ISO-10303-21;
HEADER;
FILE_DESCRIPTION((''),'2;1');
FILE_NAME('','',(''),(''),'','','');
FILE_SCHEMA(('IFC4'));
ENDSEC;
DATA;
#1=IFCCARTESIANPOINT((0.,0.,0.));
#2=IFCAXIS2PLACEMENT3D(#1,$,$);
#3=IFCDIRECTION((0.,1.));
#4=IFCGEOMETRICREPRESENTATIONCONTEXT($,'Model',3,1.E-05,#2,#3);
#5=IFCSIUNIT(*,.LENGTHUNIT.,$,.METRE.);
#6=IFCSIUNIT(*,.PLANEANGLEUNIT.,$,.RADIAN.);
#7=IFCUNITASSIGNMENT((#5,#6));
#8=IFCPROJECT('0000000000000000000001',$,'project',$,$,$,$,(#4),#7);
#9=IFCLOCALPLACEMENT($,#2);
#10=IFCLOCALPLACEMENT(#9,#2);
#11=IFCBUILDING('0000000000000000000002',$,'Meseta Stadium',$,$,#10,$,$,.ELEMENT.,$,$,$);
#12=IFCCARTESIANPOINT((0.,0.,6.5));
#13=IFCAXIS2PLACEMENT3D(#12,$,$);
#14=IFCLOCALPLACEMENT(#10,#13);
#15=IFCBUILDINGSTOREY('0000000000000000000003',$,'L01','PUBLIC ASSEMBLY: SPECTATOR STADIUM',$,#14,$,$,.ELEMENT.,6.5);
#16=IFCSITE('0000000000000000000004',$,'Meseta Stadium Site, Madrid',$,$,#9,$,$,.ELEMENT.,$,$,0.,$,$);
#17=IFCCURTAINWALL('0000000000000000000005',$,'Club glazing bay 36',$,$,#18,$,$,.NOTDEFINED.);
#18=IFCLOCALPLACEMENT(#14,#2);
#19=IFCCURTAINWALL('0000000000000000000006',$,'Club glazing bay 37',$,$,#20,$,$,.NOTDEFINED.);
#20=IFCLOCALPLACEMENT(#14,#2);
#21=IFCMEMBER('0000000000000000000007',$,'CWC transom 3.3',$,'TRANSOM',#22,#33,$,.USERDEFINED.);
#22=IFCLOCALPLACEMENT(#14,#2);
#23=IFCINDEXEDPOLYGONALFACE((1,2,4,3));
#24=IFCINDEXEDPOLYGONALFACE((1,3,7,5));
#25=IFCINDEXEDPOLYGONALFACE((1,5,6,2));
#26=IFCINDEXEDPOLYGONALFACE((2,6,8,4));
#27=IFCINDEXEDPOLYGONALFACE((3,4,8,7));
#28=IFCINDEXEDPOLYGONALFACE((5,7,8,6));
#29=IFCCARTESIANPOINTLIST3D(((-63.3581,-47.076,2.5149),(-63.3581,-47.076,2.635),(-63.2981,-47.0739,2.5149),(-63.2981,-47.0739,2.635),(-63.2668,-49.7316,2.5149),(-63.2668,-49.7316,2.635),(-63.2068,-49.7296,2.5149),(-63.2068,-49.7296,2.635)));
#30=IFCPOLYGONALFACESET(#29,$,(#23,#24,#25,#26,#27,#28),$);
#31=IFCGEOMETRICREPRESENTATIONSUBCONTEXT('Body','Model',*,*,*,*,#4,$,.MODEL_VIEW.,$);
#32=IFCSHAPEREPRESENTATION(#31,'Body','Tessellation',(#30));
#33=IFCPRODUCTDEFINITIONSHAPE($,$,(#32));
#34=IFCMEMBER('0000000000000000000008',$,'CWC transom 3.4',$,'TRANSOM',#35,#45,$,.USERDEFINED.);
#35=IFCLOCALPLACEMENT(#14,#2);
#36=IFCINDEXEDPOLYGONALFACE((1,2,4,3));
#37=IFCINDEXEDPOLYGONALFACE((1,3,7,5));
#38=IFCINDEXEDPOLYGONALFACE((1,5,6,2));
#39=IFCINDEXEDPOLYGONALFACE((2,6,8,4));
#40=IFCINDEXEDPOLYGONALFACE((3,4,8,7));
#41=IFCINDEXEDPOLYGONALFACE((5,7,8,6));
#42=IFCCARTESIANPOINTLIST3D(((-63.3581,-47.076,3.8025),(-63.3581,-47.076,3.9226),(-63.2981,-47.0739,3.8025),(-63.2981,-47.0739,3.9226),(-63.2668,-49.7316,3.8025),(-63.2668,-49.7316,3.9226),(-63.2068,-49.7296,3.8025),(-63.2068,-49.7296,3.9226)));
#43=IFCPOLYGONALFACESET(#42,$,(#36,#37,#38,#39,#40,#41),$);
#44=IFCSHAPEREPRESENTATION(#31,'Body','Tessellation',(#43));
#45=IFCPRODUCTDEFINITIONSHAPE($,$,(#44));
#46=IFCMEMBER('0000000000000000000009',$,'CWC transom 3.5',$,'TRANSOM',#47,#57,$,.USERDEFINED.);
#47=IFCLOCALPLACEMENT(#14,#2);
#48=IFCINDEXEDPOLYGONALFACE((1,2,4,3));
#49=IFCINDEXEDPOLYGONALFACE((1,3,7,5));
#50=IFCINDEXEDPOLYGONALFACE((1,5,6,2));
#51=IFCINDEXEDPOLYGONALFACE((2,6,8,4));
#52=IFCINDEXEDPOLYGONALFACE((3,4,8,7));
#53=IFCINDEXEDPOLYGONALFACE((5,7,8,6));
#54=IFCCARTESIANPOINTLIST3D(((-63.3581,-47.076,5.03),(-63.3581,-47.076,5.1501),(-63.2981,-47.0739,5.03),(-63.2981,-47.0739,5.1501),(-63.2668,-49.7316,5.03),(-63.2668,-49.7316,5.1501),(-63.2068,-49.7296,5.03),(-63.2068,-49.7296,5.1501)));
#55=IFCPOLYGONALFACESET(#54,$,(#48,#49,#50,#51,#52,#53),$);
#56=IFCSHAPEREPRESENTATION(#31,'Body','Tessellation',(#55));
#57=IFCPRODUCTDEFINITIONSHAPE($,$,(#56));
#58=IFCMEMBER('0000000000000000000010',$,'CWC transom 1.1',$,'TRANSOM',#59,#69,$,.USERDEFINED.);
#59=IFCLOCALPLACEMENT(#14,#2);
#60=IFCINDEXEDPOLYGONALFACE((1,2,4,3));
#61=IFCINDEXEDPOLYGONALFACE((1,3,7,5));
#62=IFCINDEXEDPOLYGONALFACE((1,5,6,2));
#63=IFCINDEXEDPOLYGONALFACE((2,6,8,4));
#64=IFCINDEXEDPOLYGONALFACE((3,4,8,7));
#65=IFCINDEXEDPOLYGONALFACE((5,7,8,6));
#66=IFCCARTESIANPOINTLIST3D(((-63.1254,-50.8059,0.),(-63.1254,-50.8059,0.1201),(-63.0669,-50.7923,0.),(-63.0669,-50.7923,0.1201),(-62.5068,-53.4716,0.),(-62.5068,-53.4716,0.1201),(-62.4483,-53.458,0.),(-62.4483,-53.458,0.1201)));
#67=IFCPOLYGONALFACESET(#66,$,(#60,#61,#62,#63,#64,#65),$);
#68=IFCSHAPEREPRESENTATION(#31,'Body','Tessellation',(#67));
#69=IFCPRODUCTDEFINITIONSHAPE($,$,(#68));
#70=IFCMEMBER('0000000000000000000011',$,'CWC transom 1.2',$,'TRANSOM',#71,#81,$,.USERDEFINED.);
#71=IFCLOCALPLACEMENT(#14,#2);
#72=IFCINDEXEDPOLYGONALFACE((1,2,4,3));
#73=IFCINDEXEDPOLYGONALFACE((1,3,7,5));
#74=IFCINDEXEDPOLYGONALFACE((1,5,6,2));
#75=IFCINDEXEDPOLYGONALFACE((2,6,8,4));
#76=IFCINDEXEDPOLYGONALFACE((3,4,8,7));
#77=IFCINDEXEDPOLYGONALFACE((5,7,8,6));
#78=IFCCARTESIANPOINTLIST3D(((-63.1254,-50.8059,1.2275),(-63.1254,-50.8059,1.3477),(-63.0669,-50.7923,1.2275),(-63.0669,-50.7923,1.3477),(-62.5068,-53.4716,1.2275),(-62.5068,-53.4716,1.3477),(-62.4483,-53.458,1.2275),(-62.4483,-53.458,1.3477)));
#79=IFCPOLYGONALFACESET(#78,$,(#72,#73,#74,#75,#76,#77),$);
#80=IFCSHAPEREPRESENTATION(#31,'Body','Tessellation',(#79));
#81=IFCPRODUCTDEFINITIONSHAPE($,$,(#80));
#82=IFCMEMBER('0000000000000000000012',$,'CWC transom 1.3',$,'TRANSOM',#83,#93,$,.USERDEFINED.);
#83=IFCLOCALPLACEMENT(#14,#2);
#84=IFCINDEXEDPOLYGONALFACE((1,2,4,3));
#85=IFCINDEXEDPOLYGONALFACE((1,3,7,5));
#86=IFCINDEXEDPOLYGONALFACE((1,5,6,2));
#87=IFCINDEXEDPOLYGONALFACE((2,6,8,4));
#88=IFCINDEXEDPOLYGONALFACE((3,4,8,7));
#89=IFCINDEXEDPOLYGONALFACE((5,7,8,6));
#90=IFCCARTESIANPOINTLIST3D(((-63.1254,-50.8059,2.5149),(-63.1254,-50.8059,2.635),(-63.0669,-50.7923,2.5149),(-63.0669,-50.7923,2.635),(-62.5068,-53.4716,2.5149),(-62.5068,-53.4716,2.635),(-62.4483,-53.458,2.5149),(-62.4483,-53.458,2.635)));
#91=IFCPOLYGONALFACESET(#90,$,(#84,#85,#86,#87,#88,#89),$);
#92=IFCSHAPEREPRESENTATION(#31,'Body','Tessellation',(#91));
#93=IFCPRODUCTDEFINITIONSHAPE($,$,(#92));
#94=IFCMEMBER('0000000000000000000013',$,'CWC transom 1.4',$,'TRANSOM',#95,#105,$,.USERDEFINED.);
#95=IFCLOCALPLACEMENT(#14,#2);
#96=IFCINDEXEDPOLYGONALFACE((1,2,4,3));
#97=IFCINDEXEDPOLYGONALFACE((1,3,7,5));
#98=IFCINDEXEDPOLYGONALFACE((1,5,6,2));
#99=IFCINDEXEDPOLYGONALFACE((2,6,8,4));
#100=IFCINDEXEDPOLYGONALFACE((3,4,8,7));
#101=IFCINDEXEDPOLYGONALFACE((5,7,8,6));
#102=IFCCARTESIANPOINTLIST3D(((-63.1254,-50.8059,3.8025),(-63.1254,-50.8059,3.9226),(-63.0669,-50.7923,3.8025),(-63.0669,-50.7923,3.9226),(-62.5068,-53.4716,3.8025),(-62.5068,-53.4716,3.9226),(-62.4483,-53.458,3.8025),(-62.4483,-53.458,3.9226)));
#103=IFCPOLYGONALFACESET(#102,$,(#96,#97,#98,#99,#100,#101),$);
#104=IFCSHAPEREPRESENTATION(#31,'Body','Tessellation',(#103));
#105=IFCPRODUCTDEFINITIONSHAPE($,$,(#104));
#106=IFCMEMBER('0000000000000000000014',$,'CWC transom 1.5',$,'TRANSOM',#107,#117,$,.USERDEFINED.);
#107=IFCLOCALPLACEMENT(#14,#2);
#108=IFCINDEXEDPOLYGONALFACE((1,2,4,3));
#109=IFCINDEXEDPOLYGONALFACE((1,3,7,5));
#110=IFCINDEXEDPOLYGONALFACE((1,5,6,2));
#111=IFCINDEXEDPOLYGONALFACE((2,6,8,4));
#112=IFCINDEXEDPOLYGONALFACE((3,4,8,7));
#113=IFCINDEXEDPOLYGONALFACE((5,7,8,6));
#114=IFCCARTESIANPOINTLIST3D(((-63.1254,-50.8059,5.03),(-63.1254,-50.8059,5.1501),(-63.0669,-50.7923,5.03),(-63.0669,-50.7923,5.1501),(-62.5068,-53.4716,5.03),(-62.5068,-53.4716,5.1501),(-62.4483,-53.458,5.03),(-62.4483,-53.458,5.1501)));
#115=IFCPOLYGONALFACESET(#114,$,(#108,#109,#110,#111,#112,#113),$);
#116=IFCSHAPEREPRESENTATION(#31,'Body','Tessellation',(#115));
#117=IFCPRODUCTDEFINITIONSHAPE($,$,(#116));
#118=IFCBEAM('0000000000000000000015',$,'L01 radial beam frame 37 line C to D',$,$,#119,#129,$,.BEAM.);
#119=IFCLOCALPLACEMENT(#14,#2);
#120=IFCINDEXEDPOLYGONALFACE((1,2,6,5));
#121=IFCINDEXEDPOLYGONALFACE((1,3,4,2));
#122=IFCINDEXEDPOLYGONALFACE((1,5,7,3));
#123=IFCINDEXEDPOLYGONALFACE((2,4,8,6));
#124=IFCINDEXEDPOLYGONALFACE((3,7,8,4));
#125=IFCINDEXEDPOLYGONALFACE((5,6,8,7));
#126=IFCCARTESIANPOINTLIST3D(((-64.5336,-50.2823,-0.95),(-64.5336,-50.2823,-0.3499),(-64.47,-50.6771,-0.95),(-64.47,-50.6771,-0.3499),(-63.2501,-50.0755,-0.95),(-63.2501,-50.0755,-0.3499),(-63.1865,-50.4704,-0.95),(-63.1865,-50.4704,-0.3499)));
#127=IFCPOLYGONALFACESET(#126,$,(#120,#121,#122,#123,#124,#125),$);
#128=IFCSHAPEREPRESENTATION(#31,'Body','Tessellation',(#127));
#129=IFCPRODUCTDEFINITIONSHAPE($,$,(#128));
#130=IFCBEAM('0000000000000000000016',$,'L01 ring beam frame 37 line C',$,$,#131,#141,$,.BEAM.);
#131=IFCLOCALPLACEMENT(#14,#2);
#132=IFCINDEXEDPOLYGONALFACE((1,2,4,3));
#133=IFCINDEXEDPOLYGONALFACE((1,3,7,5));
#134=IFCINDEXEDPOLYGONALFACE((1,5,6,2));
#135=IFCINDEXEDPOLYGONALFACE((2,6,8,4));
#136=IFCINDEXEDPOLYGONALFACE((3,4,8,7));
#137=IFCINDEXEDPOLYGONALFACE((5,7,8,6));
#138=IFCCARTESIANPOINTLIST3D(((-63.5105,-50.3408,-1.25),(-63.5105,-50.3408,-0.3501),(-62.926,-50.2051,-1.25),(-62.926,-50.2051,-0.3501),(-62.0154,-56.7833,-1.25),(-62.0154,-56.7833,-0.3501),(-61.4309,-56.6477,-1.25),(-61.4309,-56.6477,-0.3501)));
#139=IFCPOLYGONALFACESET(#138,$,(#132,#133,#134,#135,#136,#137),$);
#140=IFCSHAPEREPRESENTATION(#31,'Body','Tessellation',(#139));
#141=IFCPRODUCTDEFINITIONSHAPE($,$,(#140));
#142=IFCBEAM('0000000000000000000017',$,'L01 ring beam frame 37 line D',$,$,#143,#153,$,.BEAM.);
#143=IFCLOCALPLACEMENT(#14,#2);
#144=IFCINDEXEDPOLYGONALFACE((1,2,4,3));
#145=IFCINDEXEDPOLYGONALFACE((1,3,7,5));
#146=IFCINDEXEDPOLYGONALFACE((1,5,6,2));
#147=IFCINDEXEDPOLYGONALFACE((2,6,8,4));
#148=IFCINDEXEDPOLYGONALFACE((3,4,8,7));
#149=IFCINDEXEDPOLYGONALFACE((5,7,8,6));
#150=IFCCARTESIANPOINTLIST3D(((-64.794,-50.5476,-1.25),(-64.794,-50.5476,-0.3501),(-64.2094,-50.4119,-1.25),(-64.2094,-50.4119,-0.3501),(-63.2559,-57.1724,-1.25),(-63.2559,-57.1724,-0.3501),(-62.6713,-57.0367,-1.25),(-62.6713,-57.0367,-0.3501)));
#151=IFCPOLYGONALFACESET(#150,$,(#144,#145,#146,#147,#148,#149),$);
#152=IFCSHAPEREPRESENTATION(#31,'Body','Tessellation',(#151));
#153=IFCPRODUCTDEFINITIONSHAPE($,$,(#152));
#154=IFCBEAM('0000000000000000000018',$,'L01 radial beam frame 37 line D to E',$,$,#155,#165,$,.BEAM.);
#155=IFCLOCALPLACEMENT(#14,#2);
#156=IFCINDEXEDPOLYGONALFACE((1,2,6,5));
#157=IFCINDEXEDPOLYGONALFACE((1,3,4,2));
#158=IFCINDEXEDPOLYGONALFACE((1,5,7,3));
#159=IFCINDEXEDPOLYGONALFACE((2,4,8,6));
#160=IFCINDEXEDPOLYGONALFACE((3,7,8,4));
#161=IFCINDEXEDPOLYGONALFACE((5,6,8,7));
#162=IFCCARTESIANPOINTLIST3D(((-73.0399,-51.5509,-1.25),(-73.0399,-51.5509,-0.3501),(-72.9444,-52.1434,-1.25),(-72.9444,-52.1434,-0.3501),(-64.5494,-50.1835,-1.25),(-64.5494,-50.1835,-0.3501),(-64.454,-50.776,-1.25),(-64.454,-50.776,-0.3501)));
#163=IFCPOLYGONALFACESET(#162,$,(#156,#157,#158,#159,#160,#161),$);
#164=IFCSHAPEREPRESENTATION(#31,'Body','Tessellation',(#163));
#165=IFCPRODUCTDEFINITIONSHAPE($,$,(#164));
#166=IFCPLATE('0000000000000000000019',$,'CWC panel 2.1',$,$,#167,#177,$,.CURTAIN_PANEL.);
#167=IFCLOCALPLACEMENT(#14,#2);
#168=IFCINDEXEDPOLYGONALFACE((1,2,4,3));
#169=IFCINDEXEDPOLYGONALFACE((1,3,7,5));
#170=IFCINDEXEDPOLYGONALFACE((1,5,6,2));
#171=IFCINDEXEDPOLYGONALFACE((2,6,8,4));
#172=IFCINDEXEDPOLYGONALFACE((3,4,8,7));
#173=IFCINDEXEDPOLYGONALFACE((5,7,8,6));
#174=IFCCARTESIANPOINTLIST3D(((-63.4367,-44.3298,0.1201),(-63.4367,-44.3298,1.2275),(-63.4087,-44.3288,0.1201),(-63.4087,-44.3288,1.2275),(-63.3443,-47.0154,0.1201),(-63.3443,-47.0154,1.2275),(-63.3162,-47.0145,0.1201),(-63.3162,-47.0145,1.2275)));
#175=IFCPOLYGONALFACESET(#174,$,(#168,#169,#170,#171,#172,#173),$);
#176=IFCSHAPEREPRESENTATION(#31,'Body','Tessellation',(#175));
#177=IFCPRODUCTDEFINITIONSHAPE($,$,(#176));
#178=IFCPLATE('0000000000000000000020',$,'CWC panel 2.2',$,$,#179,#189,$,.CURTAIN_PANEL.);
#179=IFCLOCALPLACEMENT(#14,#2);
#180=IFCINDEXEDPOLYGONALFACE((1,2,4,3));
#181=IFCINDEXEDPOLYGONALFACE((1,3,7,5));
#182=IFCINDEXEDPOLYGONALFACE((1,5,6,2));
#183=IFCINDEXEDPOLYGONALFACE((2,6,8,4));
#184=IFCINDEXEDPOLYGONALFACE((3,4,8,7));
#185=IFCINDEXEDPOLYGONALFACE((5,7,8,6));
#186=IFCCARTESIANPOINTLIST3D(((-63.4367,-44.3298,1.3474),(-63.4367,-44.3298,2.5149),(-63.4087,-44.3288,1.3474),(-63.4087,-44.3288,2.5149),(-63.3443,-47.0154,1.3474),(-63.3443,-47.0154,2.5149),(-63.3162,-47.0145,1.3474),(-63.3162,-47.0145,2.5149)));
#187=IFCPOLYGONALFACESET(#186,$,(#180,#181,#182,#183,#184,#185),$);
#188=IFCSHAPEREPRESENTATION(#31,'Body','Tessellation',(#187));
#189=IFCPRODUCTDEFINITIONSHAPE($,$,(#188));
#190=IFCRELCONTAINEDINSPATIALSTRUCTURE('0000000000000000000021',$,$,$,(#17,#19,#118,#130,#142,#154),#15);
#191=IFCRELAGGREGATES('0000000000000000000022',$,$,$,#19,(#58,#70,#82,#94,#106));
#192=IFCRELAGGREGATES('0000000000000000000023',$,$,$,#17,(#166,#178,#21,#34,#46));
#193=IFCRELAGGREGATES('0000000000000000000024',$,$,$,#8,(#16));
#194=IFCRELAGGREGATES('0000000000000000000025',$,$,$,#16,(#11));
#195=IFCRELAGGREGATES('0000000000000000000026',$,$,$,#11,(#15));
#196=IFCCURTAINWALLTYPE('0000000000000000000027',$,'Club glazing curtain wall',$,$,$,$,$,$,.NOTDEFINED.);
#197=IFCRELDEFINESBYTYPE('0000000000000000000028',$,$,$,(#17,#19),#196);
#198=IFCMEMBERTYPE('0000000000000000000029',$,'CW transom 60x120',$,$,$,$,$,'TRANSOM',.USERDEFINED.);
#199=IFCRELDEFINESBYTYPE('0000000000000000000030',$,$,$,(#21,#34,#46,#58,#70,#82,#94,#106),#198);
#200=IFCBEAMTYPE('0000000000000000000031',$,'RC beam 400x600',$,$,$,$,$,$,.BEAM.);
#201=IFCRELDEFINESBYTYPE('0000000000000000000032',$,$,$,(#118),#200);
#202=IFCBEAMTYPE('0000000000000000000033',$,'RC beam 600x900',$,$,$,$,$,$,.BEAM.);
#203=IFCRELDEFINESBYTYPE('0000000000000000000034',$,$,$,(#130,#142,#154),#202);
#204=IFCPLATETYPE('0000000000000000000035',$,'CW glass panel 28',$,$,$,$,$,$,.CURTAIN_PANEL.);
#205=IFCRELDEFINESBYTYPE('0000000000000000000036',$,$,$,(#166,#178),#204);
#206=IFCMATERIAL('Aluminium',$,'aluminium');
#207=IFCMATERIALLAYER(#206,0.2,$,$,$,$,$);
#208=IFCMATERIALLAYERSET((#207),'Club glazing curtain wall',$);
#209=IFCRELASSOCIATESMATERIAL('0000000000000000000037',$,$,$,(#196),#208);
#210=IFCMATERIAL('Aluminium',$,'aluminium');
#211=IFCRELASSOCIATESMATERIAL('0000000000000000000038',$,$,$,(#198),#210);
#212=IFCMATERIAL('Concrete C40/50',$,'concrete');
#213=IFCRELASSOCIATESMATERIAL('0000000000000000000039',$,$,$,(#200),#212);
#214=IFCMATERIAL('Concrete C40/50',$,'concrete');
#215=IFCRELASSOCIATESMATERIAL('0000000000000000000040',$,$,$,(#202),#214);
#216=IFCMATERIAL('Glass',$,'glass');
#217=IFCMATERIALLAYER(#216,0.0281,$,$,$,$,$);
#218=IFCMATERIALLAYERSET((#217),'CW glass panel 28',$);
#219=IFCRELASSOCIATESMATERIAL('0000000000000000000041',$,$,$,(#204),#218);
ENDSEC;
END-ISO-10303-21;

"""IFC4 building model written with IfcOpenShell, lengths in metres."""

from ifc_helpers import new_model, si_unit, direction, frame, origin, origin_2d, place, context, subcontext, project, spatial, rectangle, extrude, material, layer, layer_set, material_profile, profile_set, type_object, element, aggregate, save


model = new_model("IFC4")

# Units and contexts
model_context = context("Model", 3, precision=1e-05, world=origin(), true_north=direction((0.0, 1.0)))
body_context = subcontext(model_context, "Body", "Model", "MODEL_VIEW")
ifc_project = project(units=[si_unit("LENGTHUNIT", "METRE"), si_unit("PLANEANGLEUNIT", "RADIAN")], contexts=[model_context])

# Site, building, storey
site_placement = place(None, origin())
site = spatial("IfcSite", under=ifc_project, at=site_placement, Name="Meseta Stadium Site, Madrid", CompositionType="ELEMENT", RefElevation=0.0)
building_placement = place(site_placement, origin())
building = spatial("IfcBuilding", under=site, at=building_placement, Name="Meseta Stadium", CompositionType="ELEMENT")
storey_placement = place(building_placement, frame((0.0, 0.0, 6.5)))
storey = spatial("IfcBuildingStorey", under=building, at=storey_placement, Name="L01", Description="PUBLIC ASSEMBLY: SPECTATOR STADIUM", CompositionType="ELEMENT", Elevation=6.5)

# Curtain wall
ifc_material_1 = material(Name="Aluminium", Category="aluminium")
ifc_layer_1 = layer(ifc_material_1, 0.2)
ifc_layer_set_1 = layer_set([ifc_layer_1], Name="Club glazing curtain wall")
curtain_wall_type = type_object("IfcCurtainWallType", Name="Club glazing curtain wall", PredefinedType="NOTDEFINED", material=ifc_layer_set_1)
curtain_wall_1_placement = place(storey_placement, origin())
curtain_wall_1 = element("IfcCurtainWall", 1, at=curtain_wall_1_placement, inside=storey, type_object=curtain_wall_type, Name="Club glazing bay 36", PredefinedType="NOTDEFINED")

# Curtain wall
curtain_wall_2_placement = place(storey_placement, origin())
curtain_wall_2 = element("IfcCurtainWall", 2, at=curtain_wall_2_placement, inside=storey, type_object=curtain_wall_type, Name="Club glazing bay 37", PredefinedType="NOTDEFINED")

# Members
ifc_material_2 = material(Name="Aluminium", Category="aluminium")
ifc_material_profile_1 = material_profile(ifc_material_2, rectangle(XDim=0.0601, YDim=0.1201, at=origin_2d()), Name="CW 60x120")
ifc_profile_set_1 = profile_set([ifc_material_profile_1], Name="Aluminium")
member_type_1 = type_object("IfcMemberType", Name="CW transom 60x120", ElementType="TRANSOM", PredefinedType="USERDEFINED", material=ifc_profile_set_1)
member_1_placement = place(storey_placement, frame((-63.3281, -47.075, 2.575), z_axis=(0.034361, -0.999409, 0.0), x_axis=(0.999409, 0.034361, 0.0)))
member_1 = element("IfcMember", 3, at=member_1_placement, type_object=member_type_1, Name="CWC transom 3.3", ObjectType="TRANSOM", PredefinedType="USERDEFINED", context=body_context, shape_type="SweptSolid", body=[
    extrude(rectangle(XDim=0.0601, YDim=0.1201, at=origin_2d()), origin(), (0.0, 0.0, 1.0), 2.6572),
])
member_2_placement = place(storey_placement, frame((-63.3281, -47.075, 3.8625), z_axis=(0.034361, -0.999409, 0.0), x_axis=(0.999409, 0.034361, 0.0)))
member_2 = element("IfcMember", 4, at=member_2_placement, type_object=member_type_1, Name="CWC transom 3.4", ObjectType="TRANSOM", PredefinedType="USERDEFINED", context=body_context, shape_type="SweptSolid", body=[
    extrude(rectangle(XDim=0.0601, YDim=0.1201, at=origin_2d()), origin(), (0.0, 0.0, 1.0), 2.6572),
])
member_3_placement = place(storey_placement, frame((-63.3281, -47.075, 5.0901), z_axis=(0.034361, -0.999409, 0.0), x_axis=(0.999409, 0.034361, 0.0)))
member_3 = element("IfcMember", 5, at=member_3_placement, type_object=member_type_1, Name="CWC transom 3.5", ObjectType="TRANSOM", PredefinedType="USERDEFINED", context=body_context, shape_type="SweptSolid", body=[
    extrude(rectangle(XDim=0.0601, YDim=0.1201, at=origin_2d()), origin(), (0.0, 0.0, 1.0), 2.6572),
])
member_4_placement = place(storey_placement, frame((-63.0962, -50.7991, 0.0601), z_axis=(0.226065, -0.974112, 0.0), x_axis=(0.974112, 0.226065, 0.0)))
member_4 = element("IfcMember", 6, at=member_4_placement, type_object=member_type_1, Name="CWC transom 1.1", ObjectType="TRANSOM", PredefinedType="USERDEFINED", context=body_context, shape_type="SweptSolid", body=[
    extrude(rectangle(XDim=0.0601, YDim=0.1201, at=origin_2d()), origin(), (0.0, 0.0, 1.0), 2.7366),
])
member_5_placement = place(storey_placement, frame((-63.0962, -50.7991, 1.2876), z_axis=(0.226065, -0.974112, 0.0), x_axis=(0.974112, 0.226065, 0.0)))
member_5 = element("IfcMember", 7, at=member_5_placement, type_object=member_type_1, Name="CWC transom 1.2", ObjectType="TRANSOM", PredefinedType="USERDEFINED", context=body_context, shape_type="SweptSolid", body=[
    extrude(rectangle(XDim=0.0601, YDim=0.1201, at=origin_2d()), origin(), (0.0, 0.0, 1.0), 2.7366),
])
member_6_placement = place(storey_placement, frame((-63.0962, -50.7991, 2.575), z_axis=(0.226065, -0.974112, 0.0), x_axis=(0.974112, 0.226065, 0.0)))
member_6 = element("IfcMember", 8, at=member_6_placement, type_object=member_type_1, Name="CWC transom 1.3", ObjectType="TRANSOM", PredefinedType="USERDEFINED", context=body_context, shape_type="SweptSolid", body=[
    extrude(rectangle(XDim=0.0601, YDim=0.1201, at=origin_2d()), origin(), (0.0, 0.0, 1.0), 2.7366),
])
member_7_placement = place(storey_placement, frame((-63.0962, -50.7991, 3.8625), z_axis=(0.226065, -0.974112, 0.0), x_axis=(0.974112, 0.226065, 0.0)))
member_7 = element("IfcMember", 9, at=member_7_placement, type_object=member_type_1, Name="CWC transom 1.4", ObjectType="TRANSOM", PredefinedType="USERDEFINED", context=body_context, shape_type="SweptSolid", body=[
    extrude(rectangle(XDim=0.0601, YDim=0.1201, at=origin_2d()), origin(), (0.0, 0.0, 1.0), 2.7366),
])
member_8_placement = place(storey_placement, frame((-63.0962, -50.7991, 5.0901), z_axis=(0.226065, -0.974112, 0.0), x_axis=(0.974112, 0.226065, 0.0)))
member_8 = element("IfcMember", 10, at=member_8_placement, type_object=member_type_1, Name="CWC transom 1.5", ObjectType="TRANSOM", PredefinedType="USERDEFINED", context=body_context, shape_type="SweptSolid", body=[
    extrude(rectangle(XDim=0.0601, YDim=0.1201, at=origin_2d()), origin(), (0.0, 0.0, 1.0), 2.7366),
])
aggregate(curtain_wall_2, [member_4, member_5, member_6, member_7, member_8])

# Beams
ifc_material_3 = material(Name="Concrete C40/50", Category="concrete")
ifc_material_profile_2 = material_profile(ifc_material_3, rectangle(XDim=0.3999, YDim=0.6001, at=origin_2d()), Name="RC 400x600")
ifc_profile_set_2 = profile_set([ifc_material_profile_2], Name="Concrete C40/50")
beam_type_1 = type_object("IfcBeamType", Name="RC beam 400x600", PredefinedType="BEAM", material=ifc_profile_set_2)
beam_1_placement = place(storey_placement, frame((-63.2183, -50.2729, -0.6499), z_axis=(-0.987268, -0.159067, 0.0), x_axis=(0.159067, -0.987268, 0.0)))
element("IfcBeam", 11, at=beam_1_placement, inside=storey, type_object=beam_type_1, Name="L01 radial beam frame 37 line C to D", PredefinedType="BEAM", context=body_context, shape_type="SweptSolid", body=[
    extrude(rectangle(XDim=0.3999, YDim=0.6001, at=origin_2d()), origin(), (0.0, 0.0, 1.0), 1.3),
])
ifc_material_4 = material(Name="Concrete C40/50", Category="concrete")
ifc_material_profile_3 = material_profile(ifc_material_4, rectangle(XDim=0.6001, YDim=0.8999, at=origin_2d()), Name="RC 600x900")
ifc_profile_set_3 = profile_set([ifc_material_profile_3], Name="Concrete C40/50")
beam_type_2 = type_object("IfcBeamType", Name="RC beam 600x900", PredefinedType="BEAM", material=ifc_profile_set_3)
beam_2_placement = place(storey_placement, frame((-63.2183, -50.2729, -0.8), z_axis=(0.226059, -0.974114, 0.0), x_axis=(0.974114, 0.226059, 0.0)))
element("IfcBeam", 12, at=beam_2_placement, inside=storey, type_object=beam_type_2, Name="L01 ring beam frame 37 line C", PredefinedType="BEAM", context=body_context, shape_type="SweptSolid", body=[
    extrude(rectangle(XDim=0.6001, YDim=0.8999, at=origin_2d()), origin(), (0.0, 0.0, 1.0), 6.6138),
])
beam_3_placement = place(storey_placement, frame((-64.5017, -50.4797, -0.8), z_axis=(0.226157, -0.974091, 0.0), x_axis=(0.974091, 0.226157, 0.0)))
element("IfcBeam", 13, at=beam_3_placement, inside=storey, type_object=beam_type_2, Name="L01 ring beam frame 37 line D", PredefinedType="BEAM", context=body_context, shape_type="SweptSolid", body=[
    extrude(rectangle(XDim=0.6001, YDim=0.8999, at=origin_2d()), origin(), (0.0, 0.0, 1.0), 6.801),
])
beam_4_placement = place(storey_placement, frame((-64.5017, -50.4797, -0.8), z_axis=(-0.987278, -0.159006, 0.0), x_axis=(0.159006, -0.987278, 0.0)))
element("IfcBeam", 14, at=beam_4_placement, inside=storey, type_object=beam_type_2, Name="L01 radial beam frame 37 line D to E", PredefinedType="BEAM", context=body_context, shape_type="SweptSolid", body=[
    extrude(rectangle(XDim=0.6001, YDim=0.8999, at=origin_2d()), origin(), (0.0, 0.0, 1.0), 8.5999),
])

# Plates
ifc_material_5 = material(Name="Glass", Category="glass")
ifc_layer_2 = layer(ifc_material_5, 0.0281)
ifc_layer_set_2 = layer_set([ifc_layer_2], Name="CW glass panel 28")
plate_type = type_object("IfcPlateType", Name="CW glass panel 28", PredefinedType="CURTAIN_PANEL", material=ifc_layer_set_2)
plate_1_placement = place(storey_placement, frame((-63.3765, -45.6721, 0.1201), z_axis=(0.0, 0.0, 1.0), x_axis=(0.034398, -0.999408, 0.0)))
plate_1 = element("IfcPlate", 15, at=plate_1_placement, type_object=plate_type, Name="CWC panel 2.1", PredefinedType="CURTAIN_PANEL", context=body_context, shape_type="SweptSolid", body=[
    extrude(rectangle(XDim=2.6873, YDim=0.0281, at=origin_2d()), origin(), (0.0, 0.0, 1.0), 1.1074),
])
plate_2_placement = place(storey_placement, frame((-63.3765, -45.6721, 1.3474), z_axis=(0.0, 0.0, 1.0), x_axis=(0.034398, -0.999408, 0.0)))
plate_2 = element("IfcPlate", 16, at=plate_2_placement, type_object=plate_type, Name="CWC panel 2.2", PredefinedType="CURTAIN_PANEL", context=body_context, shape_type="SweptSolid", body=[
    extrude(rectangle(XDim=2.6873, YDim=0.0281, at=origin_2d()), origin(), (0.0, 0.0, 1.0), 1.1675),
])
aggregate(curtain_wall_1, [plate_1, plate_2, member_1, member_2, member_3])

save(model, "model.ifc")
